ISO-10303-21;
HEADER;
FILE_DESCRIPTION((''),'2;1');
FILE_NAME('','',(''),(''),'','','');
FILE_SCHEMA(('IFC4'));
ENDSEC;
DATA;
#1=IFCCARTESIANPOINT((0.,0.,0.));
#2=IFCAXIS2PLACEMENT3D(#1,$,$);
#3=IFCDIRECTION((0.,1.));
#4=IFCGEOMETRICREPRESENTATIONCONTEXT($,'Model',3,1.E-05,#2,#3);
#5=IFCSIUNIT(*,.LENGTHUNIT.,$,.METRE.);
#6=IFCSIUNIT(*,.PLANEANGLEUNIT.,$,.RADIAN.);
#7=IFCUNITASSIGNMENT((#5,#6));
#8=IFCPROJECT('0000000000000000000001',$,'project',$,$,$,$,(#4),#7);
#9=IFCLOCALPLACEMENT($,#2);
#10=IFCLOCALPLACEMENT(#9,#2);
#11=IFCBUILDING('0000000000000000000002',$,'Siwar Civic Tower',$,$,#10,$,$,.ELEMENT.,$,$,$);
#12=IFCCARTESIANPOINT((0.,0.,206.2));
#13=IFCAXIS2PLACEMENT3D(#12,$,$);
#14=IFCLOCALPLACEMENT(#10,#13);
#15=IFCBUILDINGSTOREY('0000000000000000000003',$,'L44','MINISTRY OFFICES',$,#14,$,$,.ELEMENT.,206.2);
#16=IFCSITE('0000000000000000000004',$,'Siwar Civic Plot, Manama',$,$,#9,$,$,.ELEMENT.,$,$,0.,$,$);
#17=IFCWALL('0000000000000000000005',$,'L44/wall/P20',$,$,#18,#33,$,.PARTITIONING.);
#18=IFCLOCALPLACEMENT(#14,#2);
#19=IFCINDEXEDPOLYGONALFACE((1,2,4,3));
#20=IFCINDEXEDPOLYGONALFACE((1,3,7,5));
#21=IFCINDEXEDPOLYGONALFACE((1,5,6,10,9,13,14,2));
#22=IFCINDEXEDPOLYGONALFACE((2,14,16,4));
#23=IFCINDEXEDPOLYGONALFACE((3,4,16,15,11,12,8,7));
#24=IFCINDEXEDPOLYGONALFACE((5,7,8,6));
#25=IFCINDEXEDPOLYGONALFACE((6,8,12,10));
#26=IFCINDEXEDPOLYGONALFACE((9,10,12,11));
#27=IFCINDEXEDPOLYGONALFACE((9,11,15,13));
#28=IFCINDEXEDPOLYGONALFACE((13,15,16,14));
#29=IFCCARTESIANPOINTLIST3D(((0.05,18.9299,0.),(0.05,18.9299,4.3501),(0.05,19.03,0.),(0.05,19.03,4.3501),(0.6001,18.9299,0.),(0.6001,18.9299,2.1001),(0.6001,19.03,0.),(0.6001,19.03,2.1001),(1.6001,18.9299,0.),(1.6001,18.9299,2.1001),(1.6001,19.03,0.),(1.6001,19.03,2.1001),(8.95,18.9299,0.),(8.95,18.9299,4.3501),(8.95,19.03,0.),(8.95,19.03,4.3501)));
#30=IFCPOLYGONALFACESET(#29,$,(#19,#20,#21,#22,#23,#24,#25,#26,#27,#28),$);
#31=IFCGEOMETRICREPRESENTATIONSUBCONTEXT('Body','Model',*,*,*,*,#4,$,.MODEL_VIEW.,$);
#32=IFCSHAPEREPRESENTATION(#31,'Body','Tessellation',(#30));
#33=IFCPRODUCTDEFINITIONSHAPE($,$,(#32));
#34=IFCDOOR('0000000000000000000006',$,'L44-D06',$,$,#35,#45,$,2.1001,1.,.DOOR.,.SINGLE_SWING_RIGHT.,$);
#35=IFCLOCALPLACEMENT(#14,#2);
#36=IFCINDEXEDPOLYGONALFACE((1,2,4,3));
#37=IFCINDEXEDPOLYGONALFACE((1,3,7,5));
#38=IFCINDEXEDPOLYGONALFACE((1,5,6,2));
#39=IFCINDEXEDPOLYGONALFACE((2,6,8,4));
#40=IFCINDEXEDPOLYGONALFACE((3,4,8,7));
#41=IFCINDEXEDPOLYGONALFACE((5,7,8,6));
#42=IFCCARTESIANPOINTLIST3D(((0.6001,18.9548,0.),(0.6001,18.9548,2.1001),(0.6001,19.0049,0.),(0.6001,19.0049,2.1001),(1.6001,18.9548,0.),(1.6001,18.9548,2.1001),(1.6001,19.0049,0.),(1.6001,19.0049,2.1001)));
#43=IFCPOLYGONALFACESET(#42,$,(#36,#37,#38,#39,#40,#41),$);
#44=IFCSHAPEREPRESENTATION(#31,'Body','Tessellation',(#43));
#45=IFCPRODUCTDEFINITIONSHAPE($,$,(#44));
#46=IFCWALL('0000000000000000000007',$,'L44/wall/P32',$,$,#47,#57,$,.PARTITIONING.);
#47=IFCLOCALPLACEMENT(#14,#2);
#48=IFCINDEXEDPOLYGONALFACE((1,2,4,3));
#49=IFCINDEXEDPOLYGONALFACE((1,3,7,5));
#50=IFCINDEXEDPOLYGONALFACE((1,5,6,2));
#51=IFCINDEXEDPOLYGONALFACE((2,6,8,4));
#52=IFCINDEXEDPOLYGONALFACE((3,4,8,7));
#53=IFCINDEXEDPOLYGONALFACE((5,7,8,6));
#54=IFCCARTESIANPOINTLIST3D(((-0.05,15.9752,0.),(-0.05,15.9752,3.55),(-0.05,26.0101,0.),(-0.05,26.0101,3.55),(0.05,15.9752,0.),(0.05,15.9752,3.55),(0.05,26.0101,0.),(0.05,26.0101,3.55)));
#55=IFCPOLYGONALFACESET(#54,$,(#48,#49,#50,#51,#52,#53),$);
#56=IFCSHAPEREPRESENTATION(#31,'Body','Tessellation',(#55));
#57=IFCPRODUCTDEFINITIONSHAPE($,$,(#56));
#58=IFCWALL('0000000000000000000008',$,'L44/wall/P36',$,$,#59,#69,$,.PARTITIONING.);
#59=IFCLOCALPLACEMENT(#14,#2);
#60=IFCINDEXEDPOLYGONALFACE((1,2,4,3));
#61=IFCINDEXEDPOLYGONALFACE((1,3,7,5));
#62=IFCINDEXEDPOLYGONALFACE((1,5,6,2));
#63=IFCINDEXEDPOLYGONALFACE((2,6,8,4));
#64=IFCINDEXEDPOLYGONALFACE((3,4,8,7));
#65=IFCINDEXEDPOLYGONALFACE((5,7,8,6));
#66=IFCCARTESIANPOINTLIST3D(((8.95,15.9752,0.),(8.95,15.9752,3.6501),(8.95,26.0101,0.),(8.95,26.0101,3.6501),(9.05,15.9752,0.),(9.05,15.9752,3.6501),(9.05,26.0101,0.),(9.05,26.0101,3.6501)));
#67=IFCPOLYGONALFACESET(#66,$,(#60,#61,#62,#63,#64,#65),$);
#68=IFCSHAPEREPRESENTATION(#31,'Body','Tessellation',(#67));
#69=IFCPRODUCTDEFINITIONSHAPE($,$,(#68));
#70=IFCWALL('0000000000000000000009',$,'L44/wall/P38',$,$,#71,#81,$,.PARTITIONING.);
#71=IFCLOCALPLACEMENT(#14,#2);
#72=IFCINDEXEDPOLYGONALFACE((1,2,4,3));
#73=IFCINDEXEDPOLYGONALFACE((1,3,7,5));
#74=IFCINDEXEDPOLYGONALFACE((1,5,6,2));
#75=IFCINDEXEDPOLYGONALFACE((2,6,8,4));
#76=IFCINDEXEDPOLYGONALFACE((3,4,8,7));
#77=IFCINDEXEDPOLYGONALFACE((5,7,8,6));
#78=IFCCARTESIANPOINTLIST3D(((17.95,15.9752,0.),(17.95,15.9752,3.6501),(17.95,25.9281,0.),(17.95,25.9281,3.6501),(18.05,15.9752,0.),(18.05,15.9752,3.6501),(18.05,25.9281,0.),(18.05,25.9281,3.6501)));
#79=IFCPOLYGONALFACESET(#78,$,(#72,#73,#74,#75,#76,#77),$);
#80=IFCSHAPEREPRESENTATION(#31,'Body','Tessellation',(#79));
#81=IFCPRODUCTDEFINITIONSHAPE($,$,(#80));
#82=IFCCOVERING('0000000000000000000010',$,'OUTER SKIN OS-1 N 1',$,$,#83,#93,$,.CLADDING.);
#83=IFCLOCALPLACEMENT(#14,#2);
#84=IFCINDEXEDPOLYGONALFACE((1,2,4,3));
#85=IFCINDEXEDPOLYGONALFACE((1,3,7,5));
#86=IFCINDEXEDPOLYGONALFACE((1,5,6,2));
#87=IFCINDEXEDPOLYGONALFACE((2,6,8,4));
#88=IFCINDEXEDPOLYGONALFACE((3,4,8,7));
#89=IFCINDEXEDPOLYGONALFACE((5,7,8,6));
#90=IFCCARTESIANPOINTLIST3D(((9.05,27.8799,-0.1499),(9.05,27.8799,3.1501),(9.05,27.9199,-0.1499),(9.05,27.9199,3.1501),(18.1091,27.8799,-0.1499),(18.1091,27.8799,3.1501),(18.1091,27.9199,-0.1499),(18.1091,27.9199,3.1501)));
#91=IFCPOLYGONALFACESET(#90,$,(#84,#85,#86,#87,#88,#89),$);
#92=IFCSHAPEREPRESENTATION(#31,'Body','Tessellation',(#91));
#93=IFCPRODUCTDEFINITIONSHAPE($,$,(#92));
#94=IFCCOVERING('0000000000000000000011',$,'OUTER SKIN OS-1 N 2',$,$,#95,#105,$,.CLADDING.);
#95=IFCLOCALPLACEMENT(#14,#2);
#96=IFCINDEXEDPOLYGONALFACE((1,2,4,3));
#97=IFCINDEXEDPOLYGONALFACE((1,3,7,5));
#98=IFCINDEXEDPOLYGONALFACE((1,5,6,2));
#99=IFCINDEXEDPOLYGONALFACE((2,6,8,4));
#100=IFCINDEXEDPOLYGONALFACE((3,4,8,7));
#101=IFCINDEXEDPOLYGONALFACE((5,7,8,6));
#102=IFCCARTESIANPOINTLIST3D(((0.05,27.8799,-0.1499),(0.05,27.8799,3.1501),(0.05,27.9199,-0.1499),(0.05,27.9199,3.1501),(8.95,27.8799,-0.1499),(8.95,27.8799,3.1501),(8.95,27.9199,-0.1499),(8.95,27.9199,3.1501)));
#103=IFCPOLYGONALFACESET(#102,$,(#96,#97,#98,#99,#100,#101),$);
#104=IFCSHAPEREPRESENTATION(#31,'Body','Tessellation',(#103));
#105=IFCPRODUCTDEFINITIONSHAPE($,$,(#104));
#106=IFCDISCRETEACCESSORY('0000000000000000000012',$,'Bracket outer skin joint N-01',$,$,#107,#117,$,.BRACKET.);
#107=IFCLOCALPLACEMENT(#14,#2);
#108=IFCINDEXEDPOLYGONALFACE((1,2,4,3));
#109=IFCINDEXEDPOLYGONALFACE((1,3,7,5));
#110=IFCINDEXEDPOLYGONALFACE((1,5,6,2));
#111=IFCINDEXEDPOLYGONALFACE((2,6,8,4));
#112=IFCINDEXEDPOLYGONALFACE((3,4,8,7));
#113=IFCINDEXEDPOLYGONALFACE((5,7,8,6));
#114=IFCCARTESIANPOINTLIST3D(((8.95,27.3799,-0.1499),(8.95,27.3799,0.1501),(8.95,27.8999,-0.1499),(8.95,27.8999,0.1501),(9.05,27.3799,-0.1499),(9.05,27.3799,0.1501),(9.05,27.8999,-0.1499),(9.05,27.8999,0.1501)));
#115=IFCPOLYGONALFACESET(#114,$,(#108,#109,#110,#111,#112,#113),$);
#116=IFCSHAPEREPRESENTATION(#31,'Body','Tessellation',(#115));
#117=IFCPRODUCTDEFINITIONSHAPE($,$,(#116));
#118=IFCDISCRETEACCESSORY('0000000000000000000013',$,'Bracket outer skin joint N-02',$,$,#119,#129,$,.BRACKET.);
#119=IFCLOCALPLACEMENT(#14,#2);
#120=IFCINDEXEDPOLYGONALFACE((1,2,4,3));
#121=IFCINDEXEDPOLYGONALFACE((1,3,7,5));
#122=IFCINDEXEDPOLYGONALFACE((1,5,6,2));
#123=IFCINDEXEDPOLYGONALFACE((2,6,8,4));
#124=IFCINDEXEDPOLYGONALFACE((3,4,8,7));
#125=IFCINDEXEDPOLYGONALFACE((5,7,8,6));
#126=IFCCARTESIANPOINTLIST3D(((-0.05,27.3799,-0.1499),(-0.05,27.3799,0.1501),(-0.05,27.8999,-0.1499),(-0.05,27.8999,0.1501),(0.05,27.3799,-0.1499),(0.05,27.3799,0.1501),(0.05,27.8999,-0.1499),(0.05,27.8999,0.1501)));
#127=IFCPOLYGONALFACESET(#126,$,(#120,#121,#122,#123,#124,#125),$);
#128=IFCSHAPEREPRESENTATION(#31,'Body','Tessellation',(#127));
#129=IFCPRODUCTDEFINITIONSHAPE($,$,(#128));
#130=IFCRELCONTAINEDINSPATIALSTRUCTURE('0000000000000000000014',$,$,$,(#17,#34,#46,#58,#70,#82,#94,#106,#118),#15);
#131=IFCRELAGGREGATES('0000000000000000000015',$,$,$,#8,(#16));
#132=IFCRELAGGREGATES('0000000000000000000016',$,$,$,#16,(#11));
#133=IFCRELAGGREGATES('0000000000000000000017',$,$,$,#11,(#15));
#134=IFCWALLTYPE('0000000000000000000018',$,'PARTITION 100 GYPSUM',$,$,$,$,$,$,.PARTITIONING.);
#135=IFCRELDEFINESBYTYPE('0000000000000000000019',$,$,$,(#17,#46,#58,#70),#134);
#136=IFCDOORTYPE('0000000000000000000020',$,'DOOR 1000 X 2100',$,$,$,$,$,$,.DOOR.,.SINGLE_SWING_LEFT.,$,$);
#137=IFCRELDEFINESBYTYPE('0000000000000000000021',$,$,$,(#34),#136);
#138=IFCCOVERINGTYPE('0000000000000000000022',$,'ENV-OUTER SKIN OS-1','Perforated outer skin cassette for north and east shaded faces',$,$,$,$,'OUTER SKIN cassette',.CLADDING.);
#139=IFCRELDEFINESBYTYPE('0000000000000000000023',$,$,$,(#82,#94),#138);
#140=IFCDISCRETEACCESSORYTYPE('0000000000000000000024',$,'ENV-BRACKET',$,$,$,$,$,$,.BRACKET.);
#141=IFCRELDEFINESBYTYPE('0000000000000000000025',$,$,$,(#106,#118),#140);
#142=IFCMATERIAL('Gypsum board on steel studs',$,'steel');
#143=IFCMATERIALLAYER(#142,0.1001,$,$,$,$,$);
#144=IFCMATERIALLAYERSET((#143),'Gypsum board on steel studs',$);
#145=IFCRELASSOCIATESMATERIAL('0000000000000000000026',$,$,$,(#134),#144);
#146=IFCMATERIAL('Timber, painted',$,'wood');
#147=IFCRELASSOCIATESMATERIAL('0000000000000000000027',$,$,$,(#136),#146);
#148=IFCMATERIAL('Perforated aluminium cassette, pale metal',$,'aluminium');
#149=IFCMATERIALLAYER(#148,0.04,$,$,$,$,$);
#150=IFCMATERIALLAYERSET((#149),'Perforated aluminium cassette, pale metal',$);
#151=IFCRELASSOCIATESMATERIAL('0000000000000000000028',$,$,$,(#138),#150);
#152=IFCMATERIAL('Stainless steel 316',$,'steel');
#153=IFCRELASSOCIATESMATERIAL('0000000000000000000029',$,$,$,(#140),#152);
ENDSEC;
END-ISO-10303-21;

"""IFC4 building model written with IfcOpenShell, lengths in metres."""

from ifc_helpers import new_model, si_unit, direction, frame, frame_2d, origin, origin_2d, place, context, subcontext, project, spatial, rectangle, extrude, material, layer, layer_set, type_object, element, fill, save


model = new_model("IFC4")

# Units and contexts
model_context = context("Model", 3, precision=1e-05, world=origin(), true_north=direction((0.0, 1.0)))
body_context = subcontext(model_context, "Body", "Model", "MODEL_VIEW")
ifc_project = project(units=[si_unit("LENGTHUNIT", "METRE"), si_unit("PLANEANGLEUNIT", "RADIAN")], contexts=[model_context])

# Site, building, storey
site_placement = place(None, origin())
site = spatial("IfcSite", under=ifc_project, at=site_placement, Name="Siwar Civic Plot, Manama", CompositionType="ELEMENT", RefElevation=0.0)
building_placement = place(site_placement, origin())
building = spatial("IfcBuilding", under=site, at=building_placement, Name="Siwar Civic Tower", CompositionType="ELEMENT")
storey_placement = place(building_placement, frame((0.0, 0.0, 206.2)))
storey = spatial("IfcBuildingStorey", under=building, at=storey_placement, Name="L44", Description="MINISTRY OFFICES", CompositionType="ELEMENT", Elevation=206.2)

# Wall, opening, door
ifc_material_1 = material(Name="Gypsum board on steel studs", Category="steel")
ifc_layer_1 = layer(ifc_material_1, 0.1001)
ifc_layer_set_1 = layer_set([ifc_layer_1], Name="Gypsum board on steel studs")
wall_type = type_object("IfcWallType", Name="PARTITION 100 GYPSUM", PredefinedType="PARTITIONING", material=ifc_layer_set_1)
ifc_material_2 = material(Name="Timber, painted", Category="wood")
door_type = type_object("IfcDoorType", Name="DOOR 1000 X 2100", OperationType="SINGLE_SWING_LEFT", PredefinedType="DOOR", material=ifc_material_2)
wall_1_placement = place(storey_placement, frame((0.05, 18.98, 0.0), z_axis=(0.0, 0.0, 1.0), x_axis=(1.0, 0.0, 0.0)))
wall_1 = element("IfcWall", 1, at=wall_1_placement, inside=storey, type_object=wall_type, Name="L44/wall/P20", PredefinedType="PARTITIONING", context=body_context, shape_type="SweptSolid", body=[
    extrude(rectangle(XDim=8.8999, YDim=0.1001, at=frame_2d((4.45, 0.0))), origin(), (0.0, 0.0, 1.0), 4.3501),
])
opening_1_placement = place(wall_1_placement, frame((0.55, 0.0, 0.0)))
opening_1 = element("IfcOpeningElement", 2, at=opening_1_placement, cuts=wall_1, PredefinedType="OPENING", context=body_context, shape_type="SweptSolid", body=[
    extrude(rectangle(XDim=1.0, YDim=2.1001, at=frame_2d((0.5, 1.05))), frame((0.0, 0.0601, 0.0), z_axis=(0.0, -1.0, 0.0), x_axis=(1.0, 0.0, 0.0)), (0.0, 0.0, 1.0), 0.1201),
])
door_1_placement = place(opening_1_placement, origin())
door_1 = element("IfcDoor", 3, at=door_1_placement, inside=storey, type_object=door_type, Name="L44-D06", OperationType="SINGLE_SWING_RIGHT", OverallHeight=2.1001, OverallWidth=1.0, PredefinedType="DOOR", context=body_context, shape_type="SweptSolid", body=[
    extrude(rectangle(XDim=1.0, YDim=2.1001, at=frame_2d((0.5, 1.05))), frame((0.0, 0.0249, 0.0), z_axis=(0.0, -1.0, 0.0), x_axis=(1.0, 0.0, 0.0)), (0.0, 0.0, 1.0), 0.05),
])
fill(opening_1, door_1)

# Walls
wall_2_placement = place(storey_placement, frame((0.0, 15.9751, 0.0), z_axis=(0.0, 0.0, 1.0), x_axis=(0.0, 1.0, 0.0)))
element("IfcWall", 4, at=wall_2_placement, inside=storey, type_object=wall_type, Name="L44/wall/P32", PredefinedType="PARTITIONING", context=body_context, shape_type="SweptSolid", body=[
    extrude(rectangle(XDim=10.0349, YDim=0.1001, at=frame_2d((5.0176, 0.0))), origin(), (0.0, 0.0, 1.0), 3.55),
])
wall_3_placement = place(storey_placement, frame((9.0, 15.9751, 0.0), z_axis=(0.0, 0.0, 1.0), x_axis=(0.0, 1.0, 0.0)))
element("IfcWall", 5, at=wall_3_placement, inside=storey, type_object=wall_type, Name="L44/wall/P36", PredefinedType="PARTITIONING", context=body_context, shape_type="SweptSolid", body=[
    extrude(rectangle(XDim=10.0349, YDim=0.1001, at=frame_2d((5.0176, 0.0))), origin(), (0.0, 0.0, 1.0), 3.6501),
])
wall_4_placement = place(storey_placement, frame((18.0, 15.9751, 0.0), z_axis=(0.0, 0.0, 1.0), x_axis=(0.0, 1.0, 0.0)))
element("IfcWall", 6, at=wall_4_placement, inside=storey, type_object=wall_type, Name="L44/wall/P38", PredefinedType="PARTITIONING", context=body_context, shape_type="SweptSolid", body=[
    extrude(rectangle(XDim=9.9529, YDim=0.1001, at=frame_2d((4.9766, 0.0))), origin(), (0.0, 0.0, 1.0), 3.6501),
])

# Coverings
ifc_material_3 = material(Name="Perforated aluminium cassette, pale metal", Category="aluminium")
ifc_layer_2 = layer(ifc_material_3, 0.04)
ifc_layer_set_2 = layer_set([ifc_layer_2], Name="Perforated aluminium cassette, pale metal")
covering_type = type_object("IfcCoveringType", Name="ENV-OUTER SKIN OS-1", Description="Perforated outer skin cassette for north and east shaded faces", ElementType="OUTER SKIN cassette", PredefinedType="CLADDING", material=ifc_layer_set_2)
covering_1_placement = place(storey_placement, frame((13.5796, 27.8999, -0.1499), z_axis=(0.0, 0.0, 1.0), x_axis=(-1.0, 0.0, 0.0)))
element("IfcCovering", 7, at=covering_1_placement, inside=storey, type_object=covering_type, Name="OUTER SKIN OS-1 N 1", PredefinedType="CLADDING", context=body_context, shape_type="SweptSolid", body=[
    extrude(rectangle(XDim=9.0591, YDim=0.04, at=origin_2d()), origin(), (0.0, 0.0, 1.0), 3.3),
])
covering_2_placement = place(storey_placement, frame((4.5, 27.8999, -0.1499), z_axis=(0.0, 0.0, 1.0), x_axis=(-1.0, 0.0, 0.0)))
element("IfcCovering", 8, at=covering_2_placement, inside=storey, type_object=covering_type, Name="OUTER SKIN OS-1 N 2", PredefinedType="CLADDING", context=body_context, shape_type="SweptSolid", body=[
    extrude(rectangle(XDim=8.8999, YDim=0.04, at=origin_2d()), origin(), (0.0, 0.0, 1.0), 3.3),
])

# Discrete accessories
ifc_material_4 = material(Name="Stainless steel 316", Category="steel")
discrete_accessory_type = type_object("IfcDiscreteAccessoryType", Name="ENV-BRACKET", PredefinedType="BRACKET", material=ifc_material_4)
for number, where, z_axis, x_axis, name in (
    (9, (9.0, 27.6399, -0.1499), (0.0, 0.0, 1.0), (0.0, 1.0, 0.0), "Bracket outer skin joint N-01"),
    (10, (0.0, 27.6399, -0.1499), (0.0, 0.0, 1.0), (0.0, 1.0, 0.0), "Bracket outer skin joint N-02"),
):
    element("IfcDiscreteAccessory", number, at=place(storey_placement, frame(where, z_axis=z_axis, x_axis=x_axis)), inside=storey, type_object=discrete_accessory_type, Name=name, PredefinedType="BRACKET", context=body_context, shape_type="SweptSolid", body=[
        extrude(rectangle(XDim=0.52, YDim=0.1001, at=origin_2d()), origin(), (0.0, 0.0, 1.0), 0.3),
    ])

save(model, "model.ifc")
